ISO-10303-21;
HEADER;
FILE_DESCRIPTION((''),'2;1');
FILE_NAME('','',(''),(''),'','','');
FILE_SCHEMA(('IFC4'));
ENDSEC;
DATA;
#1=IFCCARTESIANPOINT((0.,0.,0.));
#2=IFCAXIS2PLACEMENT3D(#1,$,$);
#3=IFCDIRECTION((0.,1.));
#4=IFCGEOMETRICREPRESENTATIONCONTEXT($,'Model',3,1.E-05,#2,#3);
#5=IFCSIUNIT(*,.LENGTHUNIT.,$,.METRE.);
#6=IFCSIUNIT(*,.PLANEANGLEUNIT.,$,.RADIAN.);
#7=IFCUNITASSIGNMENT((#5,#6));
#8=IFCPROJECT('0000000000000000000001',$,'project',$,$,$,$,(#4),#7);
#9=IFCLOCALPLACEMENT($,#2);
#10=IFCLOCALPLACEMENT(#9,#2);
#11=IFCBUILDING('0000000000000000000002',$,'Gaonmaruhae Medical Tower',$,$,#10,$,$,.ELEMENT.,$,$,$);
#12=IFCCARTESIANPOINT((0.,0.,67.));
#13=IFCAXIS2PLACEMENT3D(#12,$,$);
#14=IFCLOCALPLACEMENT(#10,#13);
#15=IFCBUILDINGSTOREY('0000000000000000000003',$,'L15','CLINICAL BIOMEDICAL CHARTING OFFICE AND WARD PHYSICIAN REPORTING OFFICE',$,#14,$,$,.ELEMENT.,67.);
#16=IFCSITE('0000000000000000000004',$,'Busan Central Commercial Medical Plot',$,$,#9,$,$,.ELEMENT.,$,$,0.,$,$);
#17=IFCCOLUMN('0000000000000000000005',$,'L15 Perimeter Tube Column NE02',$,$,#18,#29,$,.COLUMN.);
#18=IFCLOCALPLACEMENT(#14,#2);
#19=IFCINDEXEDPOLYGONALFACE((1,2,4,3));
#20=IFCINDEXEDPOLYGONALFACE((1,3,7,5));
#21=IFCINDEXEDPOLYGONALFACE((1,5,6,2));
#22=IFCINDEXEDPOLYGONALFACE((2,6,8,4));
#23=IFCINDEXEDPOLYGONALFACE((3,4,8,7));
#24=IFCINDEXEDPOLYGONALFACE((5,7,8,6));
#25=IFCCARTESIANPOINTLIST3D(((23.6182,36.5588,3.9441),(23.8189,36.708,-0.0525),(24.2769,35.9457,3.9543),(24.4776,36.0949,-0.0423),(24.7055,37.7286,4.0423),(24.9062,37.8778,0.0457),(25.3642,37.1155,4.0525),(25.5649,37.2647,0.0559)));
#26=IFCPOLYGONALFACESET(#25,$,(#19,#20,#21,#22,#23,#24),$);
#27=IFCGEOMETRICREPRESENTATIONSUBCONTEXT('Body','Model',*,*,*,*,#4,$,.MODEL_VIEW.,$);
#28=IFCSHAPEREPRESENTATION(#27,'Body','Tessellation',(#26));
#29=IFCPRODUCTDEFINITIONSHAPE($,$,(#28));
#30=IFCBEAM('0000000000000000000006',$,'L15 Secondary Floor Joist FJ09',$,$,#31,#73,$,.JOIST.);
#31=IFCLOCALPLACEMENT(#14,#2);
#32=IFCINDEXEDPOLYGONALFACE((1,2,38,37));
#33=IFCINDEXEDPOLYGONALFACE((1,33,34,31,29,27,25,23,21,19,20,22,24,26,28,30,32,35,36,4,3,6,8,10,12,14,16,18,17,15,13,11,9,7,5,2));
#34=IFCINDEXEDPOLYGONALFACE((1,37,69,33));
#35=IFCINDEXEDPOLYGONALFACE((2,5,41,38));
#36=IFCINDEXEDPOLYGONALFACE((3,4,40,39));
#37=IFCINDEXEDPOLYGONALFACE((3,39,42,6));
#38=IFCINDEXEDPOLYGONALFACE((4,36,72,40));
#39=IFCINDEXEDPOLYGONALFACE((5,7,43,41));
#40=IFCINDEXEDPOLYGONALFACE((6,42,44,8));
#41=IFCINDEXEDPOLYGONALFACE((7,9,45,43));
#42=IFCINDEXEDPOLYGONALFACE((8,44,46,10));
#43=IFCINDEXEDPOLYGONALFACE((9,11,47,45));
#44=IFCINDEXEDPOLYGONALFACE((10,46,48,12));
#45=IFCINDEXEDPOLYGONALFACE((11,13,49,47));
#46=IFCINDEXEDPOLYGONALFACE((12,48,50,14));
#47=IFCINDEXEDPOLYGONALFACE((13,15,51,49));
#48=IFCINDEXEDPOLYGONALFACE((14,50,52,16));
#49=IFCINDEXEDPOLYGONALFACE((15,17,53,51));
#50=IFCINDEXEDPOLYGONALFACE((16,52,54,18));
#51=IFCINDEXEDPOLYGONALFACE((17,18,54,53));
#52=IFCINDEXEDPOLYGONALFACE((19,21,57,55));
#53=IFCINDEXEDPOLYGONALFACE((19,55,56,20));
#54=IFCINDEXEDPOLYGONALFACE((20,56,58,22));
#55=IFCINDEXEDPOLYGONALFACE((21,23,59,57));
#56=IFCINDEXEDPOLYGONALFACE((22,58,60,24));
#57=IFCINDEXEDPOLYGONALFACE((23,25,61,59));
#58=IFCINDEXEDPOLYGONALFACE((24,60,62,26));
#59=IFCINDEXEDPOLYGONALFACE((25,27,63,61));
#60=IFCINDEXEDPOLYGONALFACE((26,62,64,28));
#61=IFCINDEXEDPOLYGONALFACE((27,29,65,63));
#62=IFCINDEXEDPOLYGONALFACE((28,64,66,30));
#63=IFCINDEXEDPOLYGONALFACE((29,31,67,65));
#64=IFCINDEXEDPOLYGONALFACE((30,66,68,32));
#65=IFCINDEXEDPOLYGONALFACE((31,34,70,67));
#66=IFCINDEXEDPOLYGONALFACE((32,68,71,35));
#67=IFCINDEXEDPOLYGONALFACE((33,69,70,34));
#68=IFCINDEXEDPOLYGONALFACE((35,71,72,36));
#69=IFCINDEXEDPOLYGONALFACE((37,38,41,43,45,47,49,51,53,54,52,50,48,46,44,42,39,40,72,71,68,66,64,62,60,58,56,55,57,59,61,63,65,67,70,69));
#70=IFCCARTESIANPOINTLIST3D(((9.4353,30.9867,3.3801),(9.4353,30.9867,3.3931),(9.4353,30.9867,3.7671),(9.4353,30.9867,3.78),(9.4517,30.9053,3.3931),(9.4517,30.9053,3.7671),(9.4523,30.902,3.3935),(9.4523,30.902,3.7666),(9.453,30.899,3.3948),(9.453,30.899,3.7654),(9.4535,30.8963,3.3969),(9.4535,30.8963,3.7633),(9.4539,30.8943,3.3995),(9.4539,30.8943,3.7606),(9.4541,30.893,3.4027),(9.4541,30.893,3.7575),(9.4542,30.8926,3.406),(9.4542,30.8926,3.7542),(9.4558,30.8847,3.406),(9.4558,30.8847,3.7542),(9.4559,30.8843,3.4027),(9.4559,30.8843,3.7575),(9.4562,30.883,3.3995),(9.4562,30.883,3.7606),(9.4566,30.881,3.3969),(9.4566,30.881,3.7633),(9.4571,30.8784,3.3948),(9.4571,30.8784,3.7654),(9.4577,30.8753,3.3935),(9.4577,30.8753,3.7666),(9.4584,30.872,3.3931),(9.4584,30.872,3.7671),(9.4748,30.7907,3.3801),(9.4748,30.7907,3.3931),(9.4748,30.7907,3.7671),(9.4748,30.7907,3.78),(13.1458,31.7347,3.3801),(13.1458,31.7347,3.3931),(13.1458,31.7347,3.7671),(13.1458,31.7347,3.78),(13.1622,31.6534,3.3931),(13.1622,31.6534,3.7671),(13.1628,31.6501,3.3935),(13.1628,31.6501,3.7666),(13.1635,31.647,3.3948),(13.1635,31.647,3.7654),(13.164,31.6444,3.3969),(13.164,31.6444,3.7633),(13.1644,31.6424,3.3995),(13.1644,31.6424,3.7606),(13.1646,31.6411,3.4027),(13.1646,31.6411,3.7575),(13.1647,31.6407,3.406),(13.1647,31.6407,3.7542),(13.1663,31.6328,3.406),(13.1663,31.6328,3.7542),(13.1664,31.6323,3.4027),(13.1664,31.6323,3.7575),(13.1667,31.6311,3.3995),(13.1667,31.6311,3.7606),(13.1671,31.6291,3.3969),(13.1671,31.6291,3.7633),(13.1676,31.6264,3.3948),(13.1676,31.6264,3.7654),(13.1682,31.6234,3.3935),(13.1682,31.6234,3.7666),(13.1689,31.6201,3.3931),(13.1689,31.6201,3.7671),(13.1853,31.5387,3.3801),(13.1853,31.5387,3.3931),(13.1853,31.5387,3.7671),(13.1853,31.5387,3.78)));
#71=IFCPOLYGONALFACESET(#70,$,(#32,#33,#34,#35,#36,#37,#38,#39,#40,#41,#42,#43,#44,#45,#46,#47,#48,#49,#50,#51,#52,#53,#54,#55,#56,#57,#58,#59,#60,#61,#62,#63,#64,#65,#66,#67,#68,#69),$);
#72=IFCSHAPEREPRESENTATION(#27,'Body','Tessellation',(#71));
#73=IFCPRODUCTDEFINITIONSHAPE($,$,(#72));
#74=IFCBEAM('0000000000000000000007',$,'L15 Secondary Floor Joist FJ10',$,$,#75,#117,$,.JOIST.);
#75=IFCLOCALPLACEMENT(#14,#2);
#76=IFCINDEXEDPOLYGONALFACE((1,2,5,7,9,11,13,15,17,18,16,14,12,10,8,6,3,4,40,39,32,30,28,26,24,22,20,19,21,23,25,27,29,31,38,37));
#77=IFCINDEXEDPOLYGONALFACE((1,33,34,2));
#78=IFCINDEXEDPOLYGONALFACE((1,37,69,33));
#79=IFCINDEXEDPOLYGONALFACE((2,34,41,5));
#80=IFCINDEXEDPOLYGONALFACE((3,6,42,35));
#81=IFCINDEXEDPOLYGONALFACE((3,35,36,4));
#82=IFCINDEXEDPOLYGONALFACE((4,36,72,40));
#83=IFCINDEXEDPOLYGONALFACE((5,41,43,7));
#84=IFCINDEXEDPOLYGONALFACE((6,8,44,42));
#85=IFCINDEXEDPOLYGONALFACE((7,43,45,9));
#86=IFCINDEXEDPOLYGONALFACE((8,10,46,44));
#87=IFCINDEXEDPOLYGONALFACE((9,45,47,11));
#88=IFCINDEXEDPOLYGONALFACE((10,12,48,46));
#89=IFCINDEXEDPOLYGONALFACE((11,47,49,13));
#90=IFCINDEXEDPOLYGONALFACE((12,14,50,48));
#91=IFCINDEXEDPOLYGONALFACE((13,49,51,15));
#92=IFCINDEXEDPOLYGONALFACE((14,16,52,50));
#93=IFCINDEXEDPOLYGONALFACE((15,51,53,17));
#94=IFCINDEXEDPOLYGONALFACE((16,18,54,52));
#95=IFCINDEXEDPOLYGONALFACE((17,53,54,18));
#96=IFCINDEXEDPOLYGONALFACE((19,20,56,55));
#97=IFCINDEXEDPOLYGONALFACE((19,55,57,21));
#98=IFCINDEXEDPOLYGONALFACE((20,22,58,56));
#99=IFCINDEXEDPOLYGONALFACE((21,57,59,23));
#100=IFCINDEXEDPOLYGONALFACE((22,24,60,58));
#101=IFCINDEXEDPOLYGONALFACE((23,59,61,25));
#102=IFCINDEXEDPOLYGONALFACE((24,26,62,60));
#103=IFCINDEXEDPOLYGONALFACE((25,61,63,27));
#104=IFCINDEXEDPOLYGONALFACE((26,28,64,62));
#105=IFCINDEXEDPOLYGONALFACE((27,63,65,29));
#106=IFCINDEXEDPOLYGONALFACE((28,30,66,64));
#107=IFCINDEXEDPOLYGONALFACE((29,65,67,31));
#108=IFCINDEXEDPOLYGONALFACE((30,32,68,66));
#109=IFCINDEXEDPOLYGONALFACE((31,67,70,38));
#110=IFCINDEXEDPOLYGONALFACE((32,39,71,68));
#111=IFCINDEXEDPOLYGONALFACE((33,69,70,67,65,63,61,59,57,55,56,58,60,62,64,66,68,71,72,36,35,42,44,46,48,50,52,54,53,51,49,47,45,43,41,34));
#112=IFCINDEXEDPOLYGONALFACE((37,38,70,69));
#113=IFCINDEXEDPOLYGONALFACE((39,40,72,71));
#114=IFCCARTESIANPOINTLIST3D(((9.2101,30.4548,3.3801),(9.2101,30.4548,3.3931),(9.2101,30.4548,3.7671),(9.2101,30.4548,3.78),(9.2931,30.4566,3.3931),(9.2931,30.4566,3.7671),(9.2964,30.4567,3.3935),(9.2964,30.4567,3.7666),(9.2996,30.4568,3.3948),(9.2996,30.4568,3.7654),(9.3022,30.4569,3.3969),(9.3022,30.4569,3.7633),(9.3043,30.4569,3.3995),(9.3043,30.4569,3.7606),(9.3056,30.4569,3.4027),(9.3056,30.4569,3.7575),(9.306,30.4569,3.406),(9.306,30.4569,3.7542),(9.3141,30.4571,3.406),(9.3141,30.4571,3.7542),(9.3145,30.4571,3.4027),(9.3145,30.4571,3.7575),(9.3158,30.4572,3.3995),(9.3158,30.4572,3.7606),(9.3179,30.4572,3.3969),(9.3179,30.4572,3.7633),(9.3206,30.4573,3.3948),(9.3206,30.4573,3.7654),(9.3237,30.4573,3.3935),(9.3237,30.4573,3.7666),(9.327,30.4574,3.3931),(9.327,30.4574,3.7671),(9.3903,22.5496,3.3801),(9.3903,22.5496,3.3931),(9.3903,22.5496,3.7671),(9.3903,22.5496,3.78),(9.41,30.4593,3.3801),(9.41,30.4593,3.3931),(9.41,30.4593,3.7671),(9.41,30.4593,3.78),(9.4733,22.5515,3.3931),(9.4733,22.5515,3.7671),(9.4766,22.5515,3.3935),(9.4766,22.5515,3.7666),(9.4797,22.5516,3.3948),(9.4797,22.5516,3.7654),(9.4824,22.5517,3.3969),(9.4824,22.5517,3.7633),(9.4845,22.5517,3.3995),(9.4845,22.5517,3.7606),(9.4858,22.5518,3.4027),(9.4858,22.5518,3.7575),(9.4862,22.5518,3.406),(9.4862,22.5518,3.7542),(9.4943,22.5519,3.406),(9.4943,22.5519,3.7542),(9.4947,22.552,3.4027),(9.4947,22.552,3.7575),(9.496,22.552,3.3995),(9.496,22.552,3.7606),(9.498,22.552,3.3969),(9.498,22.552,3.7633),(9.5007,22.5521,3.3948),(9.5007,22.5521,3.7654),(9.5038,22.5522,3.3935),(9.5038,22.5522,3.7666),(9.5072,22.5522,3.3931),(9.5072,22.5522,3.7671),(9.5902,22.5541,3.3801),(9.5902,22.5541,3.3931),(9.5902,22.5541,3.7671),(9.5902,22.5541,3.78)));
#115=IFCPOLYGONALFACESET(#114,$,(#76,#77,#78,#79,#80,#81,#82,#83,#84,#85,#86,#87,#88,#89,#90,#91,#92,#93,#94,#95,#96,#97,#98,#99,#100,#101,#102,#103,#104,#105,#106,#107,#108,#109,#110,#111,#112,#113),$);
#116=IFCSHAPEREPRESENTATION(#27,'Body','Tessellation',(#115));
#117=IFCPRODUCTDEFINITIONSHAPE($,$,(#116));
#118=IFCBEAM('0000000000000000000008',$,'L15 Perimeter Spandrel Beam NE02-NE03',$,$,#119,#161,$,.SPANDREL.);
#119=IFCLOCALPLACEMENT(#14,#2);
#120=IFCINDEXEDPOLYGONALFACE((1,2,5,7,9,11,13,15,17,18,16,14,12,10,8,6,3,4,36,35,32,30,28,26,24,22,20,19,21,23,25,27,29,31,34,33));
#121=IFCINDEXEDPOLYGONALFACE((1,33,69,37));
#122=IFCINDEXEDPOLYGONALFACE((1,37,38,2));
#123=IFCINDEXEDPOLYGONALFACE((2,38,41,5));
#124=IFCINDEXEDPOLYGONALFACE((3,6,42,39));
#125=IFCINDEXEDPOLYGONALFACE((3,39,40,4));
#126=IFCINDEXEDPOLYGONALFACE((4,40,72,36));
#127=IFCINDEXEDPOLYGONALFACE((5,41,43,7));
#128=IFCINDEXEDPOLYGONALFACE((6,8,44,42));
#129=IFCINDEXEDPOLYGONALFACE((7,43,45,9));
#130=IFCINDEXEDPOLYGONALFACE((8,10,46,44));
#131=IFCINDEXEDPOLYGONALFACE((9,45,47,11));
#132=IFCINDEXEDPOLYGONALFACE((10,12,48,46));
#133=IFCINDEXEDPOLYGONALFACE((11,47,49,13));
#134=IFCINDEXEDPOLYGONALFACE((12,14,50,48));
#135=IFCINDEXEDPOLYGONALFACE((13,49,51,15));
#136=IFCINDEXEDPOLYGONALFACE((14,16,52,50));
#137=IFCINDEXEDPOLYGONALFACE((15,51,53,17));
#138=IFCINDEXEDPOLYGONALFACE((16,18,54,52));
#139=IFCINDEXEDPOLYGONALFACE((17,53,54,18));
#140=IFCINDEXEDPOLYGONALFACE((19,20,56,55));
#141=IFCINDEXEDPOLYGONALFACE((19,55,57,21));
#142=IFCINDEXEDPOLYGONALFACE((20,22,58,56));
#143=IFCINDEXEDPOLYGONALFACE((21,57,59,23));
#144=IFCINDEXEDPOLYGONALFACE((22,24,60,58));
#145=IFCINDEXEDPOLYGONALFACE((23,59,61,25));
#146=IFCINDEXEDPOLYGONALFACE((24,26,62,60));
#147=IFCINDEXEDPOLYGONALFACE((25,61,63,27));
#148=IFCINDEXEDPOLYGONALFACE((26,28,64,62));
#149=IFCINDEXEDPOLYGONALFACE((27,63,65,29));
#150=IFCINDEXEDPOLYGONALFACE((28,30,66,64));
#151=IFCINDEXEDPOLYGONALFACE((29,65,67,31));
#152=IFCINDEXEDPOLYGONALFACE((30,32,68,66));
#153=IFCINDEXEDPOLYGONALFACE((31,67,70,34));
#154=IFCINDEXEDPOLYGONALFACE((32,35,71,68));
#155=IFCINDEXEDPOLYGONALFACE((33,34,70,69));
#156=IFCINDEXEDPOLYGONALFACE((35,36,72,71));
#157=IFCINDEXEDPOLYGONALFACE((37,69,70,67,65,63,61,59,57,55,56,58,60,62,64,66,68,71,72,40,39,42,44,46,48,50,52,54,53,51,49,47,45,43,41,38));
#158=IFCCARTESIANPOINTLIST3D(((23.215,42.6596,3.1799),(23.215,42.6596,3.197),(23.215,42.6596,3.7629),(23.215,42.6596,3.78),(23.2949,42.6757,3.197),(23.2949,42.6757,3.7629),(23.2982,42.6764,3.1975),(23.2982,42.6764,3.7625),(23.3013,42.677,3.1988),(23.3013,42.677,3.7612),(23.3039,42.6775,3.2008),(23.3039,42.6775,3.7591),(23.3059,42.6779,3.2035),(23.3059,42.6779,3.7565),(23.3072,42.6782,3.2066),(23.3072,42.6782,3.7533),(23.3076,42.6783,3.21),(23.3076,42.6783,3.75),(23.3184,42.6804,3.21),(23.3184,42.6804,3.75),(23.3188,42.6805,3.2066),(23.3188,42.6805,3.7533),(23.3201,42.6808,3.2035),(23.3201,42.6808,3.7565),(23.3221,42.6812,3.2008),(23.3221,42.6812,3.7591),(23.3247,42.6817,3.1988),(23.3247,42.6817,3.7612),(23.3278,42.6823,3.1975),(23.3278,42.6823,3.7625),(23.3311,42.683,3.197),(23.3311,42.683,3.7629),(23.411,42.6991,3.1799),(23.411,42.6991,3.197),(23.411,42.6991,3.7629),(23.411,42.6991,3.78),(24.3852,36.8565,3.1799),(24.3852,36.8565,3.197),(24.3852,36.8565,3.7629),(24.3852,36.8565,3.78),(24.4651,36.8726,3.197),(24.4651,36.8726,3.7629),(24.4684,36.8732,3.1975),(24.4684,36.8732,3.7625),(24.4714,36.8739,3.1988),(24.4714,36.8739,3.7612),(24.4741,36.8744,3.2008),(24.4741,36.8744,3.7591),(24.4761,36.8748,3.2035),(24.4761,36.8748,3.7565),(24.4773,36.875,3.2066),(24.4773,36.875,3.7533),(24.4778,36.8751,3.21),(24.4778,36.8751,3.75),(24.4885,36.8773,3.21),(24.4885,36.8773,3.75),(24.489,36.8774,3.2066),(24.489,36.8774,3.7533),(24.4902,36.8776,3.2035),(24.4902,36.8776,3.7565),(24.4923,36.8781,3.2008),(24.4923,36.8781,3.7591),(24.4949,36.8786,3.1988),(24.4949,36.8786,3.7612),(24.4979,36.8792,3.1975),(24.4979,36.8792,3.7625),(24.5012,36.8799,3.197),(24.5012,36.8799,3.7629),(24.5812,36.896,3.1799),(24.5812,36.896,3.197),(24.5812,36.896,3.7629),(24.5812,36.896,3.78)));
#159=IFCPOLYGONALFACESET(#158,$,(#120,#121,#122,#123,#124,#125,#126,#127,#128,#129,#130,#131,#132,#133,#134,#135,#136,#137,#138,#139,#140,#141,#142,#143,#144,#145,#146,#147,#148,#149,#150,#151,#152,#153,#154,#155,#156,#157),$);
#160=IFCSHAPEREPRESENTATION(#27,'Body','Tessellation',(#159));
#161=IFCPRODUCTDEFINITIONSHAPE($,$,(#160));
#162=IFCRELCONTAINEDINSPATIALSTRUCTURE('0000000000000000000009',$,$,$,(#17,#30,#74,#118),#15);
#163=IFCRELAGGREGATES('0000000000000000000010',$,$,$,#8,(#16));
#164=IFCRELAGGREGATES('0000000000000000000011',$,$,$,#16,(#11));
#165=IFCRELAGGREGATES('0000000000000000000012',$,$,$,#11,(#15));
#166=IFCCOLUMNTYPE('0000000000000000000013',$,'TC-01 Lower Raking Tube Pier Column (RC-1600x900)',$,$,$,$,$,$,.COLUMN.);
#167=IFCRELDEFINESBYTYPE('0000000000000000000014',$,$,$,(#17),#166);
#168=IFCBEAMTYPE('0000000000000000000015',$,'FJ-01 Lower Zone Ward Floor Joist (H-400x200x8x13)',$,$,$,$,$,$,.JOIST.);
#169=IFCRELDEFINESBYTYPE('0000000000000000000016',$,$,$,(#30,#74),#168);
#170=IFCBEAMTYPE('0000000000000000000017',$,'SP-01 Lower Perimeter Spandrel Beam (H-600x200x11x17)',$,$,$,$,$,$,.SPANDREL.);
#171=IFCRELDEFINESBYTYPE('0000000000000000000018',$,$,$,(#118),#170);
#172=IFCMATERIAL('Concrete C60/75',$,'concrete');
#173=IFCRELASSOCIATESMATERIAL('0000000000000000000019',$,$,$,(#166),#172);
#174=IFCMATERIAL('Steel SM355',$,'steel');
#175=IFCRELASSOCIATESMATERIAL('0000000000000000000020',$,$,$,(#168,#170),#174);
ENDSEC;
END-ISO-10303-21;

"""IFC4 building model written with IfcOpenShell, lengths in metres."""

from ifc_helpers import new_model, si_unit, direction, frame, origin, origin_2d, place, context, subcontext, project, spatial, rectangle, i_section, extrude, material, material_profile, profile_set, type_object, element, save


model = new_model("IFC4")

# Units and contexts
model_context = context("Model", 3, precision=1e-05, world=origin(), true_north=direction((0.0, 1.0)))
body_context = subcontext(model_context, "Body", "Model", "MODEL_VIEW")
ifc_project = project(units=[si_unit("LENGTHUNIT", "METRE"), si_unit("PLANEANGLEUNIT", "RADIAN")], contexts=[model_context])

# Site, building, storey
site_placement = place(None, origin())
site = spatial("IfcSite", under=ifc_project, at=site_placement, Name="Busan Central Commercial Medical Plot", CompositionType="ELEMENT", RefElevation=0.0)
building_placement = place(site_placement, origin())
building = spatial("IfcBuilding", under=site, at=building_placement, Name="Gaonmaruhae Medical Tower", CompositionType="ELEMENT")
storey_placement = place(building_placement, frame((0.0, 0.0, 67.0)))
storey = spatial("IfcBuildingStorey", under=building, at=storey_placement, Name="L15", Description="CLINICAL BIOMEDICAL CHARTING OFFICE AND WARD PHYSICIAN REPORTING OFFICE", CompositionType="ELEMENT", Elevation=67.0)

# Column
ifc_material_1 = material(Name="Concrete C60/75", Category="concrete")
ifc_material_profile_1 = material_profile(ifc_material_1, rectangle(XDim=1.6001, YDim=0.8999, at=origin_2d()), Name="RC-1600x900")
ifc_profile_set_1 = profile_set([ifc_material_profile_1], Name="Concrete C60/75")
column_type = type_object("IfcColumnType", Name="TC-01 Lower Raking Tube Pier Column (RC-1600x900)", PredefinedType="COLUMN", material=ifc_profile_set_1)
column_placement = place(storey_placement, frame((24.6919, 36.9863, 0.0017), z_axis=(-0.050116, -0.037252, 0.998048), x_axis=(0.679516, 0.731086, 0.061408)))
element("IfcColumn", 1, at=column_placement, inside=storey, type_object=column_type, Name="L15 Perimeter Tube Column NE02", PredefinedType="COLUMN", context=body_context, shape_type="SweptSolid", body=[
    extrude(rectangle(XDim=1.6001, YDim=0.8999, at=origin_2d()), origin(), (0.0, 0.0, 1.0), 4.0044),
])

# Beams
ifc_material_2 = material(Name="Steel SM355", Category="steel")
ifc_material_profile_2 = material_profile(ifc_material_2, i_section(OverallWidth=0.2, OverallDepth=0.3999, WebThickness=0.0081, FlangeThickness=0.0129, FilletRadius=0.0129, at=origin_2d()), Name="H-400x200x8x13")
ifc_profile_set_2 = profile_set([ifc_material_profile_2], Name="Steel SM355")
beam_type_1 = type_object("IfcBeamType", Name="FJ-01 Lower Zone Ward Floor Joist (H-400x200x8x13)", PredefinedType="JOIST", material=ifc_profile_set_2)
beam_1_placement = place(storey_placement, frame((13.1655, 31.6367, 3.5801), z_axis=(-0.980277, -0.197629, 0.0), x_axis=(0.197629, -0.980277, 0.0)))
element("IfcBeam", 2, at=beam_1_placement, inside=storey, type_object=beam_type_1, Name="L15 Secondary Floor Joist FJ09", PredefinedType="JOIST", context=body_context, shape_type="SweptSolid", body=[
    extrude(i_section(OverallWidth=0.2, OverallDepth=0.3999, WebThickness=0.0081, FlangeThickness=0.0129, FilletRadius=0.0129, at=origin_2d()), origin(), (0.0, 0.0, 1.0), 3.7852),
])
beam_2_placement = place(storey_placement, frame((9.3101, 30.457, 3.5801), z_axis=(0.022786, -0.99974, 0.0), x_axis=(0.99974, 0.022786, 0.0)))
element("IfcBeam", 3, at=beam_2_placement, inside=storey, type_object=beam_type_1, Name="L15 Secondary Floor Joist FJ10", PredefinedType="JOIST", context=body_context, shape_type="SweptSolid", body=[
    extrude(i_section(OverallWidth=0.2, OverallDepth=0.3999, WebThickness=0.0081, FlangeThickness=0.0129, FilletRadius=0.0129, at=origin_2d()), origin(), (0.0, 0.0, 1.0), 7.9072),
])
ifc_material_profile_3 = material_profile(ifc_material_2, i_section(OverallWidth=0.2, OverallDepth=0.6001, WebThickness=0.011, FlangeThickness=0.0171, FilletRadius=0.0129, at=origin_2d()), Name="H-600x200x11x17")
ifc_profile_set_3 = profile_set([ifc_material_profile_3], Name="Steel SM355")
beam_type_2 = type_object("IfcBeamType", Name="SP-01 Lower Perimeter Spandrel Beam (H-600x200x11x17)", PredefinedType="SPANDREL", material=ifc_profile_set_3)
beam_3_placement = place(storey_placement, frame((24.4832, 36.8762, 3.48), z_axis=(-0.197662, 0.98027, 0.0), x_axis=(-0.98027, -0.197662, 0.0)))
element("IfcBeam", 4, at=beam_3_placement, inside=storey, type_object=beam_type_2, Name="L15 Perimeter Spandrel Beam NE02-NE03", PredefinedType="SPANDREL", context=body_context, shape_type="SweptSolid", body=[
    extrude(i_section(OverallWidth=0.2, OverallDepth=0.6001, WebThickness=0.011, FlangeThickness=0.0171, FilletRadius=0.0129, at=origin_2d()), origin(), (0.0, 0.0, 1.0), 5.9199),
])

save(model, "model.ifc")
